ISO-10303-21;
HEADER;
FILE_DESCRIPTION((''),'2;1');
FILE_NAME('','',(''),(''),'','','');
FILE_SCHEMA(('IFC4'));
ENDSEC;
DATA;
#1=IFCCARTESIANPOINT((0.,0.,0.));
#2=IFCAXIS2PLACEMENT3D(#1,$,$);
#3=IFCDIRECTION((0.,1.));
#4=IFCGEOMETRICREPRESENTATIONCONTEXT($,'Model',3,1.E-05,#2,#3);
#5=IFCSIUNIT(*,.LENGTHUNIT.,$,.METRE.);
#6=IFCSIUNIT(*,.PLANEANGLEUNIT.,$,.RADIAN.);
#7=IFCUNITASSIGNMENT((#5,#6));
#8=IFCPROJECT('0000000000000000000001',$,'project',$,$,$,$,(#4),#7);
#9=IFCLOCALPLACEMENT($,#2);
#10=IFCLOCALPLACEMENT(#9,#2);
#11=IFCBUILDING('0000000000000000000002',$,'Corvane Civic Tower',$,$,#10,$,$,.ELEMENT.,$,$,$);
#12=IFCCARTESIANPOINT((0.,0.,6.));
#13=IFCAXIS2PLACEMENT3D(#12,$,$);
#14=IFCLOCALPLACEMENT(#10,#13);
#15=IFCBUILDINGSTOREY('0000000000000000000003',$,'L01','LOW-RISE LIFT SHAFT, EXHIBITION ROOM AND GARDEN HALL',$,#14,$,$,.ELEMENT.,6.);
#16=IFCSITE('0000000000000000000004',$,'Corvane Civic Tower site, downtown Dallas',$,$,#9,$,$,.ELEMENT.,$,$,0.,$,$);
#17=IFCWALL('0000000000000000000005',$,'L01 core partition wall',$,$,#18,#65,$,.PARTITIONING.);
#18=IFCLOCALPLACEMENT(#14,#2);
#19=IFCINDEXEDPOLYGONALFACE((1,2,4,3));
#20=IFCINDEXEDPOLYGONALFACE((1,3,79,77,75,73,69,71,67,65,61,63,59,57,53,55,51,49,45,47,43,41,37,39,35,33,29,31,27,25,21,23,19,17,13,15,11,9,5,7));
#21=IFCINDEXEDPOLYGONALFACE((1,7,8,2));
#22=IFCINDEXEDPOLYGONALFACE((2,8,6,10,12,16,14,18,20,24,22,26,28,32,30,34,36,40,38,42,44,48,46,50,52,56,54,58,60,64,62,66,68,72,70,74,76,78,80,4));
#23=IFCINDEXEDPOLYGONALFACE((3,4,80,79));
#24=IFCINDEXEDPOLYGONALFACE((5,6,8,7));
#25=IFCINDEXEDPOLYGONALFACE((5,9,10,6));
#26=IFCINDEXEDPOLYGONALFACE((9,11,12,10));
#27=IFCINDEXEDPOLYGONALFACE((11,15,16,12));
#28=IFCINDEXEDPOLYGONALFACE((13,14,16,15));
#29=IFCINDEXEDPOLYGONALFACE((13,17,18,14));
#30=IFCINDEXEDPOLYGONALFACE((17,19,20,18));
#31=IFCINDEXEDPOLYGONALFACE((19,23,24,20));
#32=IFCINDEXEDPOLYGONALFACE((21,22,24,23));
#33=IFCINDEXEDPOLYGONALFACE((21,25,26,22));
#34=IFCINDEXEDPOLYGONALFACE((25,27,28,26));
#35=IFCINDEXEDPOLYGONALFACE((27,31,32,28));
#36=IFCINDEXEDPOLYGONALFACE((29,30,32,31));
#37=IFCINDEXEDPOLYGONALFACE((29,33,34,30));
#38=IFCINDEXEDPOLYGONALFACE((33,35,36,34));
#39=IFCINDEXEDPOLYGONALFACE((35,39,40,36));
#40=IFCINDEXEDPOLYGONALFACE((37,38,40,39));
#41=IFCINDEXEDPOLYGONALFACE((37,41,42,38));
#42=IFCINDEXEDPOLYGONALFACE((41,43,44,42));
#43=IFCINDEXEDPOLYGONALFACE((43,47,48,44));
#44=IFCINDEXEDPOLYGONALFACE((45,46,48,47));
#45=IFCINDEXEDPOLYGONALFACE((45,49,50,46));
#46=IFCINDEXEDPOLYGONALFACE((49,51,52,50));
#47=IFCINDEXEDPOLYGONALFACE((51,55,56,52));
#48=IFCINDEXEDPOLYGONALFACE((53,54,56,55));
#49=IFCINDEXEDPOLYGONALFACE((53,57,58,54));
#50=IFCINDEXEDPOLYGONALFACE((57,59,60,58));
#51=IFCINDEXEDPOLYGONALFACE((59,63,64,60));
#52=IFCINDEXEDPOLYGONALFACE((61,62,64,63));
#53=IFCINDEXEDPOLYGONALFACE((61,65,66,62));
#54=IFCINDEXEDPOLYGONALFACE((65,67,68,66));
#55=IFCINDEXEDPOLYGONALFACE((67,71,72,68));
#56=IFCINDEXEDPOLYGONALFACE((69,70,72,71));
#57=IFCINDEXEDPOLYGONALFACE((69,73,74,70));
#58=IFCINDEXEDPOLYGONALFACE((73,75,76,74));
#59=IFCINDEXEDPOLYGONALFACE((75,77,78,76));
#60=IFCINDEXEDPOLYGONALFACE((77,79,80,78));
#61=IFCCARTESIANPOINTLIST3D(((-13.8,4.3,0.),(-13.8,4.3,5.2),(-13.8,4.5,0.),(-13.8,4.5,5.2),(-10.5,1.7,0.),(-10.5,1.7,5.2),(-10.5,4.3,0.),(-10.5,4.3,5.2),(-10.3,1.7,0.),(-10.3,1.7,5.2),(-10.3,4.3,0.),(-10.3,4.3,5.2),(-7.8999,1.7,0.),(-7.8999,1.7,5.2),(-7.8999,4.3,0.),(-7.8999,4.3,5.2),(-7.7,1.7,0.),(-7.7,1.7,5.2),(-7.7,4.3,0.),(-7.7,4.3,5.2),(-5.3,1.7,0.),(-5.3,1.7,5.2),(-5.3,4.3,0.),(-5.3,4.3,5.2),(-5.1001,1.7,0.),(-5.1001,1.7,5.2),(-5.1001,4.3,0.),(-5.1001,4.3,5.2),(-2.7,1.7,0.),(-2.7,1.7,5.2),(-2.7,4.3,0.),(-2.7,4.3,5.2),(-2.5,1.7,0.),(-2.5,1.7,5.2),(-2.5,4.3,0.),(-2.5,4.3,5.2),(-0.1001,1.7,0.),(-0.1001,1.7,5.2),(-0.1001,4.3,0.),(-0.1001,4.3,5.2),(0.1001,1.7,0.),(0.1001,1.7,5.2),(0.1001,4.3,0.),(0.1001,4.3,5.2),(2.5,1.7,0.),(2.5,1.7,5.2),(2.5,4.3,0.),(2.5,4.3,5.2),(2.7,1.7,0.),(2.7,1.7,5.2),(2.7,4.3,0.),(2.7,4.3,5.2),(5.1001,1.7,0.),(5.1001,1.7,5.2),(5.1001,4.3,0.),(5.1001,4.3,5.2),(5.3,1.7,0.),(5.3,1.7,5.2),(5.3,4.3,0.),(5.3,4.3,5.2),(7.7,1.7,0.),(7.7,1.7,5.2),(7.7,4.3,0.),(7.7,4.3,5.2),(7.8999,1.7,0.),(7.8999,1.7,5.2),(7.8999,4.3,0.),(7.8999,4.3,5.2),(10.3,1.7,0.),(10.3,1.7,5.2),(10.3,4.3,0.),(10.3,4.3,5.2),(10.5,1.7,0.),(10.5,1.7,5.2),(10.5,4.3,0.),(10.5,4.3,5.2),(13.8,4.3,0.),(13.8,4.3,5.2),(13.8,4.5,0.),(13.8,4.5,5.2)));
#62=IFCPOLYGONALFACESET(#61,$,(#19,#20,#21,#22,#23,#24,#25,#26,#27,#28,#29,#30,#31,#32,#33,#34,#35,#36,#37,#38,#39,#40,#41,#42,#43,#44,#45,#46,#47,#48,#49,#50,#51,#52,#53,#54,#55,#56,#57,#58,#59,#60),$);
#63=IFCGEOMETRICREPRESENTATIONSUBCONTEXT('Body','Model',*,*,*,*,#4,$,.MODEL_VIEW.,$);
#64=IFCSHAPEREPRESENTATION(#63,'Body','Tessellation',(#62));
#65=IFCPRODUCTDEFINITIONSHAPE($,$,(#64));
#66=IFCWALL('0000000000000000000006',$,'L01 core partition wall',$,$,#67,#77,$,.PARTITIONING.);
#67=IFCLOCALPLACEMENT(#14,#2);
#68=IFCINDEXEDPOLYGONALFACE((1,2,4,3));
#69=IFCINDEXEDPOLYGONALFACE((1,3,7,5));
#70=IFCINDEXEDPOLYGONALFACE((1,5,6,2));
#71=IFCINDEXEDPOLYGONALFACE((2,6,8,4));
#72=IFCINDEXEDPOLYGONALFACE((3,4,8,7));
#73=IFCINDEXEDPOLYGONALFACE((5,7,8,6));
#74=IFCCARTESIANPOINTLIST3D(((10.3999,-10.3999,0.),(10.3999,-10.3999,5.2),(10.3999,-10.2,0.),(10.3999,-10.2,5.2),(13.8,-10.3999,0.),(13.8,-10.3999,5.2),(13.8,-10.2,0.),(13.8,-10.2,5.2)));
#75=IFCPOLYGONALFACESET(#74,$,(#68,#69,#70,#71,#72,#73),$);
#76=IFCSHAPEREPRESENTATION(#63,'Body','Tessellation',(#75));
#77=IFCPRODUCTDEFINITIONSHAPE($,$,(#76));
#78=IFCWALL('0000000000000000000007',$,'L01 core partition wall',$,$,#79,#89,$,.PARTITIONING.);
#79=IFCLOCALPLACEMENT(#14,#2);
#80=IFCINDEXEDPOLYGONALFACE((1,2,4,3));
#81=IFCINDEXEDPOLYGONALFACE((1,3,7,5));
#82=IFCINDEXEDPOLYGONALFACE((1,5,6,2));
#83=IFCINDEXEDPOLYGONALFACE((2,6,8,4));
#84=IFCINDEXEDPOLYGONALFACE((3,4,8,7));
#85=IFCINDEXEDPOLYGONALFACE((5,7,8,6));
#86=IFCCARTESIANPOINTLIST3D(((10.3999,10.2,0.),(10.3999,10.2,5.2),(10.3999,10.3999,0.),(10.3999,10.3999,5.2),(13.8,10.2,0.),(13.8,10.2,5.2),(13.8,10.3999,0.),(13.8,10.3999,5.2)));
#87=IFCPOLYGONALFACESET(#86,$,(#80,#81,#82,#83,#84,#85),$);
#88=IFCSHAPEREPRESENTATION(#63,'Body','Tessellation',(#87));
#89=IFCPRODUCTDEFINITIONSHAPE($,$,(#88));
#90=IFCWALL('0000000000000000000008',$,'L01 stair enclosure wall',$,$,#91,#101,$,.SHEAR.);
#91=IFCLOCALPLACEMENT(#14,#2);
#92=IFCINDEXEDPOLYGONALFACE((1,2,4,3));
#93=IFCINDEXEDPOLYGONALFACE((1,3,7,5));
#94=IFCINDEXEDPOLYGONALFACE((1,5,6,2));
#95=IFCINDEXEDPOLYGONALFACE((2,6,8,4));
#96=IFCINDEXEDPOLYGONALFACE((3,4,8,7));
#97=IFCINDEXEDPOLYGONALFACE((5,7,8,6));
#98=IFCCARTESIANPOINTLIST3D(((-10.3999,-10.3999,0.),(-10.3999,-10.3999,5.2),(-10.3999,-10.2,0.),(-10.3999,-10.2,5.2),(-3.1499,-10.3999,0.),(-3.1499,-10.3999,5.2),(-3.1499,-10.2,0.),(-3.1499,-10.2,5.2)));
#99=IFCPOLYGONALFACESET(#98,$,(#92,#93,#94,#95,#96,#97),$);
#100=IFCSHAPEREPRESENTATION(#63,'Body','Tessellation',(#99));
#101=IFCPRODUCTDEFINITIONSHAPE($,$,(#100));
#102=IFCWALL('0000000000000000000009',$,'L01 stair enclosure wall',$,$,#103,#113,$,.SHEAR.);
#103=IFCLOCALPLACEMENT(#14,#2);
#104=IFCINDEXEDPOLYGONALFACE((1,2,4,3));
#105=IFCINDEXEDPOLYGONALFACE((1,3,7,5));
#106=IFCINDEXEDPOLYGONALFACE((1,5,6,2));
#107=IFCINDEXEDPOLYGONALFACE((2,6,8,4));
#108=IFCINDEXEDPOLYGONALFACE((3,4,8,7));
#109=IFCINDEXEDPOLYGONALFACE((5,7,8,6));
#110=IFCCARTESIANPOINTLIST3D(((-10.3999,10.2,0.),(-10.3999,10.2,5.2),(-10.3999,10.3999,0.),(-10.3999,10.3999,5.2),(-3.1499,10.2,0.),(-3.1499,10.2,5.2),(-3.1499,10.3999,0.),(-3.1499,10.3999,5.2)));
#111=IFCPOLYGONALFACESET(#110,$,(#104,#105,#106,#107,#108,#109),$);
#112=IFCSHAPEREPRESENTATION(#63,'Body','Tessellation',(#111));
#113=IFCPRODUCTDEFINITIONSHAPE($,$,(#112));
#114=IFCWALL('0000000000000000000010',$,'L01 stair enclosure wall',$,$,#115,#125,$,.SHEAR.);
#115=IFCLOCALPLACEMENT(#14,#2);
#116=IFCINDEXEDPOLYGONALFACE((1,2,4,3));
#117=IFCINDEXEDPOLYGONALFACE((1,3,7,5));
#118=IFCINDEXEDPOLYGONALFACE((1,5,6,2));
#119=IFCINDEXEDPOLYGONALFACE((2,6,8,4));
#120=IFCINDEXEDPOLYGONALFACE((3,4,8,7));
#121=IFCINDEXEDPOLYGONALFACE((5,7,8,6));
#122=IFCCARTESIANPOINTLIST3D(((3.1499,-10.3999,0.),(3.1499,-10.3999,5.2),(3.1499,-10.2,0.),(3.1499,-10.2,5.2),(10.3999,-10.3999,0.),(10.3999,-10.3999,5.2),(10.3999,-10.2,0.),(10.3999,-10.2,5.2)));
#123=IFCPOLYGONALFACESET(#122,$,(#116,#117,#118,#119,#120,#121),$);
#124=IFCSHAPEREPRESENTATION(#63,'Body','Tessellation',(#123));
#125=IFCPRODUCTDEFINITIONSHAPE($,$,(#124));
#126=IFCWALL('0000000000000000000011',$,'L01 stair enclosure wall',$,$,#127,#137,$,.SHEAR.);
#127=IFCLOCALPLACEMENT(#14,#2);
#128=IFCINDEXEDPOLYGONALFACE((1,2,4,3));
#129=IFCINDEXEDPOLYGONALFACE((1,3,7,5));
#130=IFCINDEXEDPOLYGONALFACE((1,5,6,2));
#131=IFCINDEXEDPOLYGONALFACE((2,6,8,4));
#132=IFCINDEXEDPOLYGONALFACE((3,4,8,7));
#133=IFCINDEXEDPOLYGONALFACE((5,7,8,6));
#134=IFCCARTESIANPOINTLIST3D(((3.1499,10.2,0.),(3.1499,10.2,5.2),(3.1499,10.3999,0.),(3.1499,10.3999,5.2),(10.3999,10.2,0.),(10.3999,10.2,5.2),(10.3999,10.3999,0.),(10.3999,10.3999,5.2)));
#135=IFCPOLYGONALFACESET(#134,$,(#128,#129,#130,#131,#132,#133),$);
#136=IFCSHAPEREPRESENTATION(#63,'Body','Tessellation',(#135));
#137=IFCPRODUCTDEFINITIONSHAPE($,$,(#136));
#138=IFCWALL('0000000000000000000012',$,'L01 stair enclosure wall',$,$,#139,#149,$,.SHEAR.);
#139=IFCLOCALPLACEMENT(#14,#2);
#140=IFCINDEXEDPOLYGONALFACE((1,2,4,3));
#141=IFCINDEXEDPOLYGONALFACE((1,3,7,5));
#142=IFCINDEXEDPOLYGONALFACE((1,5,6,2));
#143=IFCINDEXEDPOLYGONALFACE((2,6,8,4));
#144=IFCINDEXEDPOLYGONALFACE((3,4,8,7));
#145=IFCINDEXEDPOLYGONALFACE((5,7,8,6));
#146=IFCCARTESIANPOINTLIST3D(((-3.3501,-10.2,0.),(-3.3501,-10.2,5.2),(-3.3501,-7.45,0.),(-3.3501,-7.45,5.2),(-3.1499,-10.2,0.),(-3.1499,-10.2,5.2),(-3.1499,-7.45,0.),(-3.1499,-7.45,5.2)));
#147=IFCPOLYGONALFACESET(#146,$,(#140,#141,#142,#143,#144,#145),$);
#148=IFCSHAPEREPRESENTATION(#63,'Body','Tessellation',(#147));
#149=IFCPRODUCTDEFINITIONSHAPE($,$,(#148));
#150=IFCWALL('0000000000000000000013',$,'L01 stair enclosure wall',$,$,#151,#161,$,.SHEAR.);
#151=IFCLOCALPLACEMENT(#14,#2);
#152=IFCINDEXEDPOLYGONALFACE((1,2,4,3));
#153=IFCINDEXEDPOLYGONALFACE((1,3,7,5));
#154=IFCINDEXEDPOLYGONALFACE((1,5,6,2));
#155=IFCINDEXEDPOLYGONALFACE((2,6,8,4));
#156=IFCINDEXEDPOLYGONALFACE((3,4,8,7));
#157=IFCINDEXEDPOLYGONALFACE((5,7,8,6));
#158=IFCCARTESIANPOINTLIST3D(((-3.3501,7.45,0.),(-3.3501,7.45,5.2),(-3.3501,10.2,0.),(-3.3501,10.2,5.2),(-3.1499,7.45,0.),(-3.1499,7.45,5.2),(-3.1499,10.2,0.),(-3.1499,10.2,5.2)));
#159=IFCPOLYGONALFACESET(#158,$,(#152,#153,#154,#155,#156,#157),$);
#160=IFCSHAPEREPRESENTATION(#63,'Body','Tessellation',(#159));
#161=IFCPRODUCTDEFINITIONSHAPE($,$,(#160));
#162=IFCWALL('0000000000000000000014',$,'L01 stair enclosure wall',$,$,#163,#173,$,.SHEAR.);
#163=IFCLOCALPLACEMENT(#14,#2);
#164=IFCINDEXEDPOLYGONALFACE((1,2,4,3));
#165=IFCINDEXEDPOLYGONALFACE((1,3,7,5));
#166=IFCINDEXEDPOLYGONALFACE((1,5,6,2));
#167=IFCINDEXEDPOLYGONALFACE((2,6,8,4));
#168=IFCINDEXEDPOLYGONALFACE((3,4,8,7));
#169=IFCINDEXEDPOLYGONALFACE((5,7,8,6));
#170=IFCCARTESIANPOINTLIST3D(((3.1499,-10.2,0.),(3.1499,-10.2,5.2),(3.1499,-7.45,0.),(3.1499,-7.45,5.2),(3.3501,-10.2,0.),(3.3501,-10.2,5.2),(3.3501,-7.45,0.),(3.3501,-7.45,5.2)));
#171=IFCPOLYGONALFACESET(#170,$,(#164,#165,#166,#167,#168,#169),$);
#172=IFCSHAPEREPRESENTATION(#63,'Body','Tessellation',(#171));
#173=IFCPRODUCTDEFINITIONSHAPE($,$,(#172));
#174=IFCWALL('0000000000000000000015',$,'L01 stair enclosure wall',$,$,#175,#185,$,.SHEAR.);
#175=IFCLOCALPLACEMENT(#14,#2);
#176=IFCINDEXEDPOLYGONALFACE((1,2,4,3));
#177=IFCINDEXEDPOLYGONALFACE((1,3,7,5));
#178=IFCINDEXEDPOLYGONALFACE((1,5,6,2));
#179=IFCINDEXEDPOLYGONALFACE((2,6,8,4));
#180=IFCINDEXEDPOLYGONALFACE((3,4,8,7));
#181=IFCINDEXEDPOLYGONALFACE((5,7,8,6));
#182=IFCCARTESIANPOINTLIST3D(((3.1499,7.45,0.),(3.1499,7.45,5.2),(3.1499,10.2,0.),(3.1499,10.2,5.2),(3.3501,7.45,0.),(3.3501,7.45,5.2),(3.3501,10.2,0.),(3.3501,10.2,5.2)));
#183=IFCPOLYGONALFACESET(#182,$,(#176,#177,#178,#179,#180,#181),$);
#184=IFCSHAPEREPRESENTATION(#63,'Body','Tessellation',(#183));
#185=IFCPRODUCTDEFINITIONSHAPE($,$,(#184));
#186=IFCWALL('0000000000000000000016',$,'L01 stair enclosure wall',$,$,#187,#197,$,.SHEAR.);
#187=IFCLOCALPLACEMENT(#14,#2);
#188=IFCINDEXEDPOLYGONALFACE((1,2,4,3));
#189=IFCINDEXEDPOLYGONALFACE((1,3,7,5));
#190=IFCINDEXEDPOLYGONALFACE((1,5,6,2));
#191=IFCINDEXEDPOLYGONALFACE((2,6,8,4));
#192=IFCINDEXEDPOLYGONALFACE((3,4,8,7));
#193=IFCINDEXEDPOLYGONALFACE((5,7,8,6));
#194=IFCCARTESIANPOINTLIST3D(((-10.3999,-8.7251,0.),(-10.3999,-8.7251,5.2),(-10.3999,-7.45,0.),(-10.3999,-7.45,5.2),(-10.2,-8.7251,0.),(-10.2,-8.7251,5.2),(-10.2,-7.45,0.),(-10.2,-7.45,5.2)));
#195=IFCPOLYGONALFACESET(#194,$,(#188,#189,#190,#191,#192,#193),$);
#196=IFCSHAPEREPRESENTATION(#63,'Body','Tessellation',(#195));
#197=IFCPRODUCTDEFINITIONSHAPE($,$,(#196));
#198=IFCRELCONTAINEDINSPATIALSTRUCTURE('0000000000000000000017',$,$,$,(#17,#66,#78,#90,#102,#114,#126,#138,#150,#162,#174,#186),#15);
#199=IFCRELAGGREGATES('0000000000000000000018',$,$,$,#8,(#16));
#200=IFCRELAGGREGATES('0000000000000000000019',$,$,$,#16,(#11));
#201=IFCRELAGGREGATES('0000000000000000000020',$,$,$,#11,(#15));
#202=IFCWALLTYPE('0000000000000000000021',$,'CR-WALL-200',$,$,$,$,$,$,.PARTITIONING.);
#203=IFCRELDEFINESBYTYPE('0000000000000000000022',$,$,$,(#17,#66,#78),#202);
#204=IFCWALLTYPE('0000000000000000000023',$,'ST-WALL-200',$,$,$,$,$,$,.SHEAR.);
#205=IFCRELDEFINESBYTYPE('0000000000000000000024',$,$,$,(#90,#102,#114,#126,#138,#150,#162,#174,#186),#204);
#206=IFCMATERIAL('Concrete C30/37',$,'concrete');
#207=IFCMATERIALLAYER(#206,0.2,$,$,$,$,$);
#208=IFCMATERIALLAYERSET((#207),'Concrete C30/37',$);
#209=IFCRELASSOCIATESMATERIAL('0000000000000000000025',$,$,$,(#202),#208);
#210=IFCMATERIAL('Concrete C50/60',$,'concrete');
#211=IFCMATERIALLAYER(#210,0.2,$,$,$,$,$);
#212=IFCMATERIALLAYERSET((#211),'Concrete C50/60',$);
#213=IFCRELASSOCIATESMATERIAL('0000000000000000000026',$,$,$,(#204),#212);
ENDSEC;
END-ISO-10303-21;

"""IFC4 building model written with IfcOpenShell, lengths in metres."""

from ifc_helpers import new_model, si_unit, direction, frame, origin, place, context, subcontext, project, spatial, polyline, outline, extrude, material, layer, layer_set, type_object, element, save


model = new_model("IFC4")

# Units and contexts
model_context = context("Model", 3, precision=1e-05, world=origin(), true_north=direction((0.0, 1.0)))
body_context = subcontext(model_context, "Body", "Model", "MODEL_VIEW")
ifc_project = project(units=[si_unit("LENGTHUNIT", "METRE"), si_unit("PLANEANGLEUNIT", "RADIAN")], contexts=[model_context])

# Site, building, storey
site_placement = place(None, origin())
site = spatial("IfcSite", under=ifc_project, at=site_placement, Name="Corvane Civic Tower site, downtown Dallas", CompositionType="ELEMENT", RefElevation=0.0)
building_placement = place(site_placement, origin())
building = spatial("IfcBuilding", under=site, at=building_placement, Name="Corvane Civic Tower", CompositionType="ELEMENT")
storey_placement = place(building_placement, frame((0.0, 0.0, 6.0)))
storey = spatial("IfcBuildingStorey", under=building, at=storey_placement, Name="L01", Description="LOW-RISE LIFT SHAFT, EXHIBITION ROOM AND GARDEN HALL", CompositionType="ELEMENT", Elevation=6.0)

# Walls
ifc_material_1 = material(Name="Concrete C30/37", Category="concrete")
ifc_layer_1 = layer(ifc_material_1, 0.2)
ifc_layer_set_1 = layer_set([ifc_layer_1], Name="Concrete C30/37")
wall_type_1 = type_object("IfcWallType", Name="CR-WALL-200", PredefinedType="PARTITIONING", material=ifc_layer_set_1)
wall_1_placement = place(storey_placement, origin())
element("IfcWall", 1, at=wall_1_placement, inside=storey, type_object=wall_type_1, Name="L01 core partition wall", PredefinedType="PARTITIONING", context=body_context, shape_type="SweptSolid", body=[
    extrude(outline(polyline([(-7.7, 4.3), (-7.7, 1.7), (-7.8999, 1.7), (-7.8999, 4.3), (-10.3, 4.3), (-10.3, 1.7), (-10.5, 1.7), (-10.5, 4.3), (-13.8, 4.3), (-13.8, 4.5), (13.8, 4.5), (13.8, 4.3), (10.5, 4.3), (10.5, 1.7), (10.3, 1.7), (10.3, 4.3), (7.8999, 4.3), (7.8999, 1.7), (7.7, 1.7), (7.7, 4.3), (5.3, 4.3), (5.3, 1.7), (5.1001, 1.7), (5.1001, 4.3), (2.7, 4.3), (2.7, 1.7), (2.5, 1.7), (2.5, 4.3), (0.1001, 4.3), (0.1001, 1.7), (-0.1001, 1.7), (-0.1001, 4.3), (-2.5, 4.3), (-2.5, 1.7), (-2.7, 1.7), (-2.7, 4.3), (-5.1001, 4.3), (-5.1001, 1.7), (-5.3, 1.7), (-5.3, 4.3), (-7.7, 4.3)])), origin(), (0.0, 0.0, 1.0), 5.2),
])
wall_2_placement = place(storey_placement, origin())
element("IfcWall", 2, at=wall_2_placement, inside=storey, type_object=wall_type_1, Name="L01 core partition wall", PredefinedType="PARTITIONING", context=body_context, shape_type="SweptSolid", body=[
    extrude(outline(polyline([(13.8, -10.3999), (10.3999, -10.3999), (10.3999, -10.2), (13.8, -10.2), (13.8, -10.3999)])), origin(), (0.0, 0.0, 1.0), 5.2),
])
wall_3_placement = place(storey_placement, origin())
element("IfcWall", 3, at=wall_3_placement, inside=storey, type_object=wall_type_1, Name="L01 core partition wall", PredefinedType="PARTITIONING", context=body_context, shape_type="SweptSolid", body=[
    extrude(outline(polyline([(10.3999, 10.2), (10.3999, 10.3999), (13.8, 10.3999), (13.8, 10.2), (10.3999, 10.2)])), origin(), (0.0, 0.0, 1.0), 5.2),
])
ifc_material_2 = material(Name="Concrete C50/60", Category="concrete")
ifc_layer_2 = layer(ifc_material_2, 0.2)
ifc_layer_set_2 = layer_set([ifc_layer_2], Name="Concrete C50/60")
wall_type_2 = type_object("IfcWallType", Name="ST-WALL-200", PredefinedType="SHEAR", material=ifc_layer_set_2)
wall_4_placement = place(storey_placement, origin())
element("IfcWall", 4, at=wall_4_placement, inside=storey, type_object=wall_type_2, Name="L01 stair enclosure wall", PredefinedType="SHEAR", context=body_context, shape_type="SweptSolid", body=[
    extrude(outline(polyline([(-3.1499, -10.2), (-3.1499, -10.3999), (-10.3999, -10.3999), (-10.3999, -10.2), (-3.1499, -10.2)])), origin(), (0.0, 0.0, 1.0), 5.2),
])
wall_5_placement = place(storey_placement, origin())
element("IfcWall", 5, at=wall_5_placement, inside=storey, type_object=wall_type_2, Name="L01 stair enclosure wall", PredefinedType="SHEAR", context=body_context, shape_type="SweptSolid", body=[
    extrude(outline(polyline([(-3.1499, 10.2), (-10.3999, 10.2), (-10.3999, 10.3999), (-3.1499, 10.3999), (-3.1499, 10.2)])), origin(), (0.0, 0.0, 1.0), 5.2),
])
wall_6_placement = place(storey_placement, origin())
element("IfcWall", 6, at=wall_6_placement, inside=storey, type_object=wall_type_2, Name="L01 stair enclosure wall", PredefinedType="SHEAR", context=body_context, shape_type="SweptSolid", body=[
    extrude(outline(polyline([(10.3999, -10.3999), (3.1499, -10.3999), (3.1499, -10.2), (10.3999, -10.2), (10.3999, -10.3999)])), origin(), (0.0, 0.0, 1.0), 5.2),
])
wall_7_placement = place(storey_placement, origin())
element("IfcWall", 7, at=wall_7_placement, inside=storey, type_object=wall_type_2, Name="L01 stair enclosure wall", PredefinedType="SHEAR", context=body_context, shape_type="SweptSolid", body=[
    extrude(outline(polyline([(10.3999, 10.2), (3.1499, 10.2), (3.1499, 10.3999), (10.3999, 10.3999), (10.3999, 10.2)])), origin(), (0.0, 0.0, 1.0), 5.2),
])
wall_8_placement = place(storey_placement, origin())
element("IfcWall", 8, at=wall_8_placement, inside=storey, type_object=wall_type_2, Name="L01 stair enclosure wall", PredefinedType="SHEAR", context=body_context, shape_type="SweptSolid", body=[
    extrude(outline(polyline([(-3.1499, -7.45), (-3.1499, -10.2), (-3.3501, -10.2), (-3.3501, -7.45), (-3.1499, -7.45)])), origin(), (0.0, 0.0, 1.0), 5.2),
])
wall_9_placement = place(storey_placement, origin())
element("IfcWall", 9, at=wall_9_placement, inside=storey, type_object=wall_type_2, Name="L01 stair enclosure wall", PredefinedType="SHEAR", context=body_context, shape_type="SweptSolid", body=[
    extrude(outline(polyline([(-3.1499, 7.45), (-3.3501, 7.45), (-3.3501, 10.2), (-3.1499, 10.2), (-3.1499, 7.45)])), origin(), (0.0, 0.0, 1.0), 5.2),
])
wall_10_placement = place(storey_placement, origin())
element("IfcWall", 10, at=wall_10_placement, inside=storey, type_object=wall_type_2, Name="L01 stair enclosure wall", PredefinedType="SHEAR", context=body_context, shape_type="SweptSolid", body=[
    extrude(outline(polyline([(3.3501, -7.45), (3.3501, -10.2), (3.1499, -10.2), (3.1499, -7.45), (3.3501, -7.45)])), origin(), (0.0, 0.0, 1.0), 5.2),
])
wall_11_placement = place(storey_placement, origin())
element("IfcWall", 11, at=wall_11_placement, inside=storey, type_object=wall_type_2, Name="L01 stair enclosure wall", PredefinedType="SHEAR", context=body_context, shape_type="SweptSolid", body=[
    extrude(outline(polyline([(3.3501, 7.45), (3.1499, 7.45), (3.1499, 10.2), (3.3501, 10.2), (3.3501, 7.45)])), origin(), (0.0, 0.0, 1.0), 5.2),
])
wall_12_placement = place(storey_placement, origin())
element("IfcWall", 12, at=wall_12_placement, inside=storey, type_object=wall_type_2, Name="L01 stair enclosure wall", PredefinedType="SHEAR", context=body_context, shape_type="SweptSolid", body=[
    extrude(outline(polyline([(-10.2, -7.45), (-10.2, -8.7251), (-10.3999, -8.7251), (-10.3999, -7.45), (-10.2, -7.45)])), origin(), (0.0, 0.0, 1.0), 5.2),
])

save(model, "model.ifc")
